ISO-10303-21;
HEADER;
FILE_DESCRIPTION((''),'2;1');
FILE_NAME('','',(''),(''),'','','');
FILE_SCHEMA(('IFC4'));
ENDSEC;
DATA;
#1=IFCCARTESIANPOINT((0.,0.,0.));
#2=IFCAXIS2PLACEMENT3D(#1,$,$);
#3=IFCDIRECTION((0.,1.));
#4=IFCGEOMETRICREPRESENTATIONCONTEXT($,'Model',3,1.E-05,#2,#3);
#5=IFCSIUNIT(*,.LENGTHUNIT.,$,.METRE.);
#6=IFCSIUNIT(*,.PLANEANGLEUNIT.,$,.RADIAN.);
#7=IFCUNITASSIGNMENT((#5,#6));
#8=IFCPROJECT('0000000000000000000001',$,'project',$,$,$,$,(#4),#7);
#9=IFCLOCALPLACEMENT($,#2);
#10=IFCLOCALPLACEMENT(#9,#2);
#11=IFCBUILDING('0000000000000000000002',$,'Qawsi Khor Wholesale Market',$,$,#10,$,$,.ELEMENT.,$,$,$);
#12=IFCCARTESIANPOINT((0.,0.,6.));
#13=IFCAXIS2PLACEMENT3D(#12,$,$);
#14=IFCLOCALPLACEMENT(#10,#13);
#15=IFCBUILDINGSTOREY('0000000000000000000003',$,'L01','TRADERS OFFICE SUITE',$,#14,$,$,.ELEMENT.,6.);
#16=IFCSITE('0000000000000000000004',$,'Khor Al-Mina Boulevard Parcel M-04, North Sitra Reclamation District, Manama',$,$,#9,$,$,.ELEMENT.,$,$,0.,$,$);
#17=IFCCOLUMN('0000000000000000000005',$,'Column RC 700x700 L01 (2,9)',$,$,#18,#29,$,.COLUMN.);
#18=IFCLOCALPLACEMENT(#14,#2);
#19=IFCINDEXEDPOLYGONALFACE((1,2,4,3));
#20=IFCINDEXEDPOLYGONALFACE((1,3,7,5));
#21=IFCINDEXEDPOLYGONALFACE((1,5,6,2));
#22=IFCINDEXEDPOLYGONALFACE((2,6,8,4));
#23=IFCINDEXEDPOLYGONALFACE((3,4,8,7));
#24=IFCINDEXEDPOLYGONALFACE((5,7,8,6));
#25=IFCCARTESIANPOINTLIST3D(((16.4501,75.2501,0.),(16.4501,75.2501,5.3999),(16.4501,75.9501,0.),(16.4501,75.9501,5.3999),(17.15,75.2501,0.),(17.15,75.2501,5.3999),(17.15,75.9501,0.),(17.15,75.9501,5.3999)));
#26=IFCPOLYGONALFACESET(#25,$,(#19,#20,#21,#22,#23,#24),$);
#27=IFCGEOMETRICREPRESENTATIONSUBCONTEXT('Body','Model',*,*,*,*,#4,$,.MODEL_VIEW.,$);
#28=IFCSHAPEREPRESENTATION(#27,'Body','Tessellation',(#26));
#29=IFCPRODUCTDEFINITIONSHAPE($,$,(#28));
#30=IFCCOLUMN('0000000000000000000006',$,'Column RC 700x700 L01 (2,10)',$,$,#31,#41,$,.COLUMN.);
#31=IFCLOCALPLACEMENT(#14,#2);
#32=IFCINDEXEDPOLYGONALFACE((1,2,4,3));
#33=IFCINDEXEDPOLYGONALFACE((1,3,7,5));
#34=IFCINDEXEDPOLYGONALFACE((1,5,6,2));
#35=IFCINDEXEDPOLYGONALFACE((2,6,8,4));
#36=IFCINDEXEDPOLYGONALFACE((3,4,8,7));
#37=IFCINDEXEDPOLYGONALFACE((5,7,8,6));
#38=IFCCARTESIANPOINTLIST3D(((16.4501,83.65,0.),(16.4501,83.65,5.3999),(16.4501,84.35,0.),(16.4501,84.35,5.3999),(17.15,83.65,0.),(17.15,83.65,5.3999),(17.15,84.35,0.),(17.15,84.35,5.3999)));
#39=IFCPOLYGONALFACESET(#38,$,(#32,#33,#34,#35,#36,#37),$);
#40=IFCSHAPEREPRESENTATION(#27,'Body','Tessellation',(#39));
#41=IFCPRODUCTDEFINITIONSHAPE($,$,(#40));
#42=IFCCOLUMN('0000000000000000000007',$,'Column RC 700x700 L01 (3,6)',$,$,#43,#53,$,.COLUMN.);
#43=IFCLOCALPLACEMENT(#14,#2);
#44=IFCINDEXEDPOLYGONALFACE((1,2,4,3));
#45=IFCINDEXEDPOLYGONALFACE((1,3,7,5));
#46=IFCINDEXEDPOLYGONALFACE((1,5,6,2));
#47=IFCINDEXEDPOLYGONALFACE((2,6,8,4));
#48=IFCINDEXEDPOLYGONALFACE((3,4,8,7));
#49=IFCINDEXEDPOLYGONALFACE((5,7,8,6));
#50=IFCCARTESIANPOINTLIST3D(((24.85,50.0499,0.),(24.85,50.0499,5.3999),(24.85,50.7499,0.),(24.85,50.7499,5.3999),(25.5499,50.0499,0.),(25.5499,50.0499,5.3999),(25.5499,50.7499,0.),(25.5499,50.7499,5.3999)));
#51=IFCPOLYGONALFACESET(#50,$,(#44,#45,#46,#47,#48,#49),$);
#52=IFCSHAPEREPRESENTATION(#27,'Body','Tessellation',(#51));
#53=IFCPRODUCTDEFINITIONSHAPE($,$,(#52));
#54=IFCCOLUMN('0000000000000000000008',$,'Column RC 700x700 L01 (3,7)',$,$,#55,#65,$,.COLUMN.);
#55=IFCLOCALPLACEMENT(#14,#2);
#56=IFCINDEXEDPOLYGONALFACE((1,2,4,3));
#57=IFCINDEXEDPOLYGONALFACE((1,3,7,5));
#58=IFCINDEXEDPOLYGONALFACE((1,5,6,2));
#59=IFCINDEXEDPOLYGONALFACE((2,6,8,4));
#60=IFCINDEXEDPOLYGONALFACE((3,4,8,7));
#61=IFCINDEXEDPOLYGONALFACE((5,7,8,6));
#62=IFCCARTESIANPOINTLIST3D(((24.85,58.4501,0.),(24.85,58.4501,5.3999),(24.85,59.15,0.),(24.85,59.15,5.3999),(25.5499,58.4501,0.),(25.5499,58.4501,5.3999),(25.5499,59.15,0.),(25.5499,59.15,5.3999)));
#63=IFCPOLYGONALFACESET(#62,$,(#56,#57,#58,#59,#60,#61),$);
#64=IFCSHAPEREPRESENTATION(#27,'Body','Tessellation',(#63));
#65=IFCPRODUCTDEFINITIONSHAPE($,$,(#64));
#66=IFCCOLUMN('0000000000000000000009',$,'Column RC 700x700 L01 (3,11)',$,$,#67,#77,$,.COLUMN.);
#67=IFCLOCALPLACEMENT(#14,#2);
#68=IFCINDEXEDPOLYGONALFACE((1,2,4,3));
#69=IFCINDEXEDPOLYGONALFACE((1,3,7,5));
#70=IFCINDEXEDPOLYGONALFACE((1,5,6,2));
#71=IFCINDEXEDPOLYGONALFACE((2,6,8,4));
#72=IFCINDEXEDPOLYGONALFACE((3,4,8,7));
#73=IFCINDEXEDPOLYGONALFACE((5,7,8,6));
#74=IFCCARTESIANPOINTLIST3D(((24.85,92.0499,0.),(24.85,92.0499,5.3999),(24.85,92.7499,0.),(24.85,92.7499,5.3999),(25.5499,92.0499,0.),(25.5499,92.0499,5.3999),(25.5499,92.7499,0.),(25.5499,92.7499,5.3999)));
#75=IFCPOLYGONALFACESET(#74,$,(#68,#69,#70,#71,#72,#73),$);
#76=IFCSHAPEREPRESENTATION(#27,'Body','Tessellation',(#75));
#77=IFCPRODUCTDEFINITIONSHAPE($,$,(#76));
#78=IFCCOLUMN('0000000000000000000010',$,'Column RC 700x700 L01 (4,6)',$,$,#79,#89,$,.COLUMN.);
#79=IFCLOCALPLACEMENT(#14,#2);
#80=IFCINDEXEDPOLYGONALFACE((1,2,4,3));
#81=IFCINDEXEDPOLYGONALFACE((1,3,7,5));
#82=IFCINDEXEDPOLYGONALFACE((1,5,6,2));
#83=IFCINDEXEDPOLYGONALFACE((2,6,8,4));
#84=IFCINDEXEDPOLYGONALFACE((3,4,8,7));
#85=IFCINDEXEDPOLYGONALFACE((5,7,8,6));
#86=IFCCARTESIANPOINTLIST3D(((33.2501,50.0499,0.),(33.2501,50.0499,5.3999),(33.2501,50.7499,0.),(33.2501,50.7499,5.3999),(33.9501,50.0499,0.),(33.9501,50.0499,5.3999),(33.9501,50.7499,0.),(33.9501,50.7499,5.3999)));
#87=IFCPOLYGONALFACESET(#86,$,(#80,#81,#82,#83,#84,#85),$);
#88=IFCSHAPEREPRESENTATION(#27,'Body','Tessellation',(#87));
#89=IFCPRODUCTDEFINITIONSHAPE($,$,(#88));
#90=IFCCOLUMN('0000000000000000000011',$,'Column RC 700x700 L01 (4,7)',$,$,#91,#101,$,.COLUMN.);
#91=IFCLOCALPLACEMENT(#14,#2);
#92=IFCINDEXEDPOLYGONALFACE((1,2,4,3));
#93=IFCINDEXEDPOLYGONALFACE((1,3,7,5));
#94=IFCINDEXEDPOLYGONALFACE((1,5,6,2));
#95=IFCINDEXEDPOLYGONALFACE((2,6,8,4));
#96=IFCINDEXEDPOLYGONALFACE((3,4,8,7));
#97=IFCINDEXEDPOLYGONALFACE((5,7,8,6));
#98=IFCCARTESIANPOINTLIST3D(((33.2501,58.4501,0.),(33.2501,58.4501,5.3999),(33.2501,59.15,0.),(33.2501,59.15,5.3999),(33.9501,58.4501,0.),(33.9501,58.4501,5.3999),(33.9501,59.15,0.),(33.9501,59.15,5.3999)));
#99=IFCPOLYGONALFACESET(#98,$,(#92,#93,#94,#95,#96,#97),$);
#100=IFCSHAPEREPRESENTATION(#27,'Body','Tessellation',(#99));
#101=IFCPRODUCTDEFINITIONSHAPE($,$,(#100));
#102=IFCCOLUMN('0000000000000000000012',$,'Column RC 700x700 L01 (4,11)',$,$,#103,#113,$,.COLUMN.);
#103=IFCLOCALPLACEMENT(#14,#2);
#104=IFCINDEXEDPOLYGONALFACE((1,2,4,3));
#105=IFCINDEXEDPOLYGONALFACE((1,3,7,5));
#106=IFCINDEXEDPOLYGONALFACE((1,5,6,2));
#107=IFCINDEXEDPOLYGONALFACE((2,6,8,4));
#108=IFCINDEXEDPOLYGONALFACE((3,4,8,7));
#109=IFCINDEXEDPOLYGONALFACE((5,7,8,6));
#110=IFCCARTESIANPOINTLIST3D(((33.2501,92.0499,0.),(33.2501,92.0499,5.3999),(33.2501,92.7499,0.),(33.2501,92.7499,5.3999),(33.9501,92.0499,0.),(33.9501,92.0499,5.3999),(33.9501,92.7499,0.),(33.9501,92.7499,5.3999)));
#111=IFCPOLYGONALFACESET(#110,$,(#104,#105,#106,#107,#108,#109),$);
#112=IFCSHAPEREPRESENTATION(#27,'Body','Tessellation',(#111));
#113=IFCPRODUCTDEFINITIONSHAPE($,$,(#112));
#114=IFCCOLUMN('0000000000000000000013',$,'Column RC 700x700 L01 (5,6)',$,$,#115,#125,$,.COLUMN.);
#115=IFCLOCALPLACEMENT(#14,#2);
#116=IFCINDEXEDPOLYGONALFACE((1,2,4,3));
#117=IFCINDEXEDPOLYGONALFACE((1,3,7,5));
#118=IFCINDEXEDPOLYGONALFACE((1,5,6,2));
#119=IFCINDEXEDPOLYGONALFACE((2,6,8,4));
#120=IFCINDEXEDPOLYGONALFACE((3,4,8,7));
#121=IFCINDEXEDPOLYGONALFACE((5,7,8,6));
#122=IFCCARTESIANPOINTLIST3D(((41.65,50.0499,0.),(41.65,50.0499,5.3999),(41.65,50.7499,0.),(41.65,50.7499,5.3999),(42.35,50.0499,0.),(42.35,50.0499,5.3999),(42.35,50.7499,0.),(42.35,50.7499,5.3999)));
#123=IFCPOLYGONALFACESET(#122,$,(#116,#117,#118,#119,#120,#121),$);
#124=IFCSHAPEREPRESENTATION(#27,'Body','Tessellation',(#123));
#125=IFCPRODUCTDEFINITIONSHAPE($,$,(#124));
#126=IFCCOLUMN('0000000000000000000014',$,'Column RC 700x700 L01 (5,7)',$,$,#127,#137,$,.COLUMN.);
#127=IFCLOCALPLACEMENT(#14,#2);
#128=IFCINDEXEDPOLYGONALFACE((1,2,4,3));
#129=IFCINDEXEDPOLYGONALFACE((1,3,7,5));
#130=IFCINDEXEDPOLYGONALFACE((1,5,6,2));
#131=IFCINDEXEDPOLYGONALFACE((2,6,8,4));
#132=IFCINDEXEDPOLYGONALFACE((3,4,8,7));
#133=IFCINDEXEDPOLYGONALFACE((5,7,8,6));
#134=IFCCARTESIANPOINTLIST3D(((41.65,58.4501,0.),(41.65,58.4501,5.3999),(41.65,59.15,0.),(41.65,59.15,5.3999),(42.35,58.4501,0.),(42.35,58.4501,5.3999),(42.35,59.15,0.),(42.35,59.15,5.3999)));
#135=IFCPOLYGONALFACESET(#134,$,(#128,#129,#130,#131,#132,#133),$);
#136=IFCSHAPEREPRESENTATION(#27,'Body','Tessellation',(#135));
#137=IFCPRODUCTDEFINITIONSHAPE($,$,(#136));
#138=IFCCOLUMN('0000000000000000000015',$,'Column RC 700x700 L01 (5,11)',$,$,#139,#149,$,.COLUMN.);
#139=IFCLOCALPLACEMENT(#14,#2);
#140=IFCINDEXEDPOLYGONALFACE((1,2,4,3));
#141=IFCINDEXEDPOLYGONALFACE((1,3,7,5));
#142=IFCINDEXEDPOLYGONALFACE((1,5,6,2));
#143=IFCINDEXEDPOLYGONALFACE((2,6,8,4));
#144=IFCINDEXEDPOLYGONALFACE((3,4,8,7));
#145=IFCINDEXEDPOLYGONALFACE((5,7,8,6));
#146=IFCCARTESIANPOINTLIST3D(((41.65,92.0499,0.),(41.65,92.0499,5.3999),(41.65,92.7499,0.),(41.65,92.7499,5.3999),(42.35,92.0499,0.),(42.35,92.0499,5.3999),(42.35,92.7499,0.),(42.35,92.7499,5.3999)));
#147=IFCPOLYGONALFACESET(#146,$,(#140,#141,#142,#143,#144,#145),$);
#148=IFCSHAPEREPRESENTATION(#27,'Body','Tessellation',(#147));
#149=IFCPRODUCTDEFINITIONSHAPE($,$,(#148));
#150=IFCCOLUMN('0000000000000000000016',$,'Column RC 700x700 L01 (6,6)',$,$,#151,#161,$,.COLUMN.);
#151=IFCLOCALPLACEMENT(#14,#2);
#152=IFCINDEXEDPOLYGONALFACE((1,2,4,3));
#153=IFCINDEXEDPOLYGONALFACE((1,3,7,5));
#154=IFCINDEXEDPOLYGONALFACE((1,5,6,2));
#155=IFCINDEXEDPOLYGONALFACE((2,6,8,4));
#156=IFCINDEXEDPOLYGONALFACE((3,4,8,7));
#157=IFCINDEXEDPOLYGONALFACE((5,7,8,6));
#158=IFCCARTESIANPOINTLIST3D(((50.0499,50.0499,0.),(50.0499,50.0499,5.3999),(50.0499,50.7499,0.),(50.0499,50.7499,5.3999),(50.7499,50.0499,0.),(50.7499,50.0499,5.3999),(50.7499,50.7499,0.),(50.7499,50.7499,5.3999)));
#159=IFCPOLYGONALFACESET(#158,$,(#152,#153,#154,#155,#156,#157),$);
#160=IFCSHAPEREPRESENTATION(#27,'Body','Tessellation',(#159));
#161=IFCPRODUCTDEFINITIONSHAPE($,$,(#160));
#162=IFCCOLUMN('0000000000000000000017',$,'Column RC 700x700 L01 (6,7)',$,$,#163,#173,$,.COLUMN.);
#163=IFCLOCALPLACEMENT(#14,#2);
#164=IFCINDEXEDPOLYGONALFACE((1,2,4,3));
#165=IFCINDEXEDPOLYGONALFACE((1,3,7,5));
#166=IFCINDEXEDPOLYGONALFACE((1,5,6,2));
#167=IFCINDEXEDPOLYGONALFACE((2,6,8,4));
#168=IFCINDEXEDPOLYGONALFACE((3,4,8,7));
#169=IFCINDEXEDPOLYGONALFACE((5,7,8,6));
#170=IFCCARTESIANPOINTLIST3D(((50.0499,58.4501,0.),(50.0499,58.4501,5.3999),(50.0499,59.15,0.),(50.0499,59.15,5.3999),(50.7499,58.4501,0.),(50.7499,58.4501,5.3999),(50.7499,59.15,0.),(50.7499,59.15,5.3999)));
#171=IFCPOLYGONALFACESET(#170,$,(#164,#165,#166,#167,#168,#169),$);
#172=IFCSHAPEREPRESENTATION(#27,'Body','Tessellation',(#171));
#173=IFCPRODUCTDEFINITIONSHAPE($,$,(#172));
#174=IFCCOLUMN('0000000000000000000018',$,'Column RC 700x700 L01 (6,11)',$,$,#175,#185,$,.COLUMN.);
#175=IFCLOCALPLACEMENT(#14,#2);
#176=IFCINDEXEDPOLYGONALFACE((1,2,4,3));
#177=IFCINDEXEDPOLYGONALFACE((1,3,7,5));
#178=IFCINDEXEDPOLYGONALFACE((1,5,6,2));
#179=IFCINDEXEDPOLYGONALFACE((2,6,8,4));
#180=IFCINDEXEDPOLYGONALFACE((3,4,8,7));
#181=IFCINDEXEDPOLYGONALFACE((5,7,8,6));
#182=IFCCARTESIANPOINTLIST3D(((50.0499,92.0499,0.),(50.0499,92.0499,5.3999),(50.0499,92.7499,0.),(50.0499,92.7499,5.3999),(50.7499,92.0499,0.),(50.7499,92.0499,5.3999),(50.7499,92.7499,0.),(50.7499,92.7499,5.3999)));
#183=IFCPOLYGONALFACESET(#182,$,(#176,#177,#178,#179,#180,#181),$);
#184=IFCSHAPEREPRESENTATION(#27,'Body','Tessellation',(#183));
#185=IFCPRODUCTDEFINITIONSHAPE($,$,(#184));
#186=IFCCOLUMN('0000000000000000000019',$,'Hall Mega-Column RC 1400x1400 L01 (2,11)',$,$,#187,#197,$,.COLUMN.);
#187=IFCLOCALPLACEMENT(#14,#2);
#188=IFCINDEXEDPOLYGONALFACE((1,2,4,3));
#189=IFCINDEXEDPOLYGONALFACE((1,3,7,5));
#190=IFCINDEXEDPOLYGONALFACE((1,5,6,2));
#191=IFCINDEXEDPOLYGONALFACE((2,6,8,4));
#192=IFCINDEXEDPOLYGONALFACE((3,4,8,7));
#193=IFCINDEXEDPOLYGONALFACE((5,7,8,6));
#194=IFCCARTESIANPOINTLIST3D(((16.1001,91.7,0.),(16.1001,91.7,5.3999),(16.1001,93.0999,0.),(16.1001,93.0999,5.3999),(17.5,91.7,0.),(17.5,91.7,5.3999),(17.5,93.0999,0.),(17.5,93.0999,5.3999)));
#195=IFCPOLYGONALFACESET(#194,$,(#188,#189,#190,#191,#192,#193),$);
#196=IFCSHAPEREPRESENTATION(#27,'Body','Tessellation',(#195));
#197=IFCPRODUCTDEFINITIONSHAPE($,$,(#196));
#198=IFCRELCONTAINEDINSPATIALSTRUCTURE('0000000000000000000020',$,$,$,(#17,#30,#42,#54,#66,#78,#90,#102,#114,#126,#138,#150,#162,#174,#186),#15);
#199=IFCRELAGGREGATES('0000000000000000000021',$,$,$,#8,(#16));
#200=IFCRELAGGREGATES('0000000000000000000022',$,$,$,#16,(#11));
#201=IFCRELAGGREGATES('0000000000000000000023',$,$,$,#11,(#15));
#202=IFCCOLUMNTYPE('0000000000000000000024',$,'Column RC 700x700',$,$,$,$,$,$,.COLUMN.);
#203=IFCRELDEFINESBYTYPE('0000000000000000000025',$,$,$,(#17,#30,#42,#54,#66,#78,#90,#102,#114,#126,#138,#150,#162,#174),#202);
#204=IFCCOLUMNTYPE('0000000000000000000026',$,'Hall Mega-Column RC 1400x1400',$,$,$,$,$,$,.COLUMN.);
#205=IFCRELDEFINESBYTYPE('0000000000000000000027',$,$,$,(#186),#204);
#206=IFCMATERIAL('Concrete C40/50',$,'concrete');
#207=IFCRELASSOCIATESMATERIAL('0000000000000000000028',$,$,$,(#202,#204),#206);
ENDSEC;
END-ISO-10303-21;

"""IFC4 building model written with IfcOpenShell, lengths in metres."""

from ifc_helpers import new_model, si_unit, direction, frame, origin, origin_2d, place, context, subcontext, project, spatial, rectangle, extrude, material, material_profile, profile_set, type_object, element, save


model = new_model("IFC4")

# Units and contexts
model_context = context("Model", 3, precision=1e-05, world=origin(), true_north=direction((0.0, 1.0)))
body_context = subcontext(model_context, "Body", "Model", "MODEL_VIEW")
ifc_project = project(units=[si_unit("LENGTHUNIT", "METRE"), si_unit("PLANEANGLEUNIT", "RADIAN")], contexts=[model_context])

# Site, building, storey
site_placement = place(None, origin())
site = spatial("IfcSite", under=ifc_project, at=site_placement, Name="Khor Al-Mina Boulevard Parcel M-04, North Sitra Reclamation District, Manama", CompositionType="ELEMENT", RefElevation=0.0)
building_placement = place(site_placement, origin())
building = spatial("IfcBuilding", under=site, at=building_placement, Name="Qawsi Khor Wholesale Market", CompositionType="ELEMENT")
storey_placement = place(building_placement, frame((0.0, 0.0, 6.0)))
storey = spatial("IfcBuildingStorey", under=building, at=storey_placement, Name="L01", Description="TRADERS OFFICE SUITE", CompositionType="ELEMENT", Elevation=6.0)

# Columns
ifc_material_1 = material(Name="Concrete C40/50", Category="concrete")
ifc_material_profile_1 = material_profile(ifc_material_1, rectangle(XDim=0.7, YDim=0.7, at=origin_2d()), Name="RC 700x700")
ifc_profile_set_1 = profile_set([ifc_material_profile_1], Name="Concrete C40/50")
column_type_1 = type_object("IfcColumnType", Name="Column RC 700x700", PredefinedType="COLUMN", material=ifc_profile_set_1)
for number, where, z_axis, x_axis, name in (
    (1, (16.8, 75.6001, 0.0), (0.0, 0.0, 1.0), (1.0, 0.0, 0.0), "Column RC 700x700 L01 (2,9)"),
    (2, (16.8, 84.0, 0.0), (0.0, 0.0, 1.0), (1.0, 0.0, 0.0), "Column RC 700x700 L01 (2,10)"),
    (3, (25.2, 50.3999, 0.0), (0.0, 0.0, 1.0), (1.0, 0.0, 0.0), "Column RC 700x700 L01 (3,6)"),
    (4, (25.2, 58.8, 0.0), (0.0, 0.0, 1.0), (1.0, 0.0, 0.0), "Column RC 700x700 L01 (3,7)"),
    (5, (25.2, 92.3999, 0.0), (0.0, 0.0, 1.0), (1.0, 0.0, 0.0), "Column RC 700x700 L01 (3,11)"),
    (6, (33.6001, 50.3999, 0.0), (0.0, 0.0, 1.0), (1.0, 0.0, 0.0), "Column RC 700x700 L01 (4,6)"),
    (7, (33.6001, 58.8, 0.0), (0.0, 0.0, 1.0), (1.0, 0.0, 0.0), "Column RC 700x700 L01 (4,7)"),
    (8, (33.6001, 92.3999, 0.0), (0.0, 0.0, 1.0), (1.0, 0.0, 0.0), "Column RC 700x700 L01 (4,11)"),
    (9, (42.0, 50.3999, 0.0), (0.0, 0.0, 1.0), (1.0, 0.0, 0.0), "Column RC 700x700 L01 (5,6)"),
    (10, (42.0, 58.8, 0.0), (0.0, 0.0, 1.0), (1.0, 0.0, 0.0), "Column RC 700x700 L01 (5,7)"),
    (11, (42.0, 92.3999, 0.0), (0.0, 0.0, 1.0), (1.0, 0.0, 0.0), "Column RC 700x700 L01 (5,11)"),
    (12, (50.3999, 50.3999, 0.0), (0.0, 0.0, 1.0), (1.0, 0.0, 0.0), "Column RC 700x700 L01 (6,6)"),
    (13, (50.3999, 58.8, 0.0), (0.0, 0.0, 1.0), (1.0, 0.0, 0.0), "Column RC 700x700 L01 (6,7)"),
    (14, (50.3999, 92.3999, 0.0), (0.0, 0.0, 1.0), (1.0, 0.0, 0.0), "Column RC 700x700 L01 (6,11)"),
):
    element("IfcColumn", number, at=place(storey_placement, frame(where, z_axis=z_axis, x_axis=x_axis)), inside=storey, type_object=column_type_1, Name=name, PredefinedType="COLUMN", context=body_context, shape_type="SweptSolid", body=[
        extrude(rectangle(XDim=0.7, YDim=0.7, at=origin_2d()), origin(), (0.0, 0.0, 1.0), 5.3999),
    ])
ifc_material_profile_2 = material_profile(ifc_material_1, rectangle(XDim=1.3999, YDim=1.3999, at=origin_2d()), Name="RC 1400x1400")
ifc_profile_set_2 = profile_set([ifc_material_profile_2], Name="Concrete C40/50")
column_type_2 = type_object("IfcColumnType", Name="Hall Mega-Column RC 1400x1400", PredefinedType="COLUMN", material=ifc_profile_set_2)
column_placement = place(storey_placement, frame((16.8, 92.3999, 0.0), z_axis=(0.0, 0.0, 1.0), x_axis=(1.0, 0.0, 0.0)))
element("IfcColumn", 15, at=column_placement, inside=storey, type_object=column_type_2, Name="Hall Mega-Column RC 1400x1400 L01 (2,11)", PredefinedType="COLUMN", context=body_context, shape_type="SweptSolid", body=[
    extrude(rectangle(XDim=1.3999, YDim=1.3999, at=origin_2d()), origin(), (0.0, 0.0, 1.0), 5.3999),
])

save(model, "model.ifc")
